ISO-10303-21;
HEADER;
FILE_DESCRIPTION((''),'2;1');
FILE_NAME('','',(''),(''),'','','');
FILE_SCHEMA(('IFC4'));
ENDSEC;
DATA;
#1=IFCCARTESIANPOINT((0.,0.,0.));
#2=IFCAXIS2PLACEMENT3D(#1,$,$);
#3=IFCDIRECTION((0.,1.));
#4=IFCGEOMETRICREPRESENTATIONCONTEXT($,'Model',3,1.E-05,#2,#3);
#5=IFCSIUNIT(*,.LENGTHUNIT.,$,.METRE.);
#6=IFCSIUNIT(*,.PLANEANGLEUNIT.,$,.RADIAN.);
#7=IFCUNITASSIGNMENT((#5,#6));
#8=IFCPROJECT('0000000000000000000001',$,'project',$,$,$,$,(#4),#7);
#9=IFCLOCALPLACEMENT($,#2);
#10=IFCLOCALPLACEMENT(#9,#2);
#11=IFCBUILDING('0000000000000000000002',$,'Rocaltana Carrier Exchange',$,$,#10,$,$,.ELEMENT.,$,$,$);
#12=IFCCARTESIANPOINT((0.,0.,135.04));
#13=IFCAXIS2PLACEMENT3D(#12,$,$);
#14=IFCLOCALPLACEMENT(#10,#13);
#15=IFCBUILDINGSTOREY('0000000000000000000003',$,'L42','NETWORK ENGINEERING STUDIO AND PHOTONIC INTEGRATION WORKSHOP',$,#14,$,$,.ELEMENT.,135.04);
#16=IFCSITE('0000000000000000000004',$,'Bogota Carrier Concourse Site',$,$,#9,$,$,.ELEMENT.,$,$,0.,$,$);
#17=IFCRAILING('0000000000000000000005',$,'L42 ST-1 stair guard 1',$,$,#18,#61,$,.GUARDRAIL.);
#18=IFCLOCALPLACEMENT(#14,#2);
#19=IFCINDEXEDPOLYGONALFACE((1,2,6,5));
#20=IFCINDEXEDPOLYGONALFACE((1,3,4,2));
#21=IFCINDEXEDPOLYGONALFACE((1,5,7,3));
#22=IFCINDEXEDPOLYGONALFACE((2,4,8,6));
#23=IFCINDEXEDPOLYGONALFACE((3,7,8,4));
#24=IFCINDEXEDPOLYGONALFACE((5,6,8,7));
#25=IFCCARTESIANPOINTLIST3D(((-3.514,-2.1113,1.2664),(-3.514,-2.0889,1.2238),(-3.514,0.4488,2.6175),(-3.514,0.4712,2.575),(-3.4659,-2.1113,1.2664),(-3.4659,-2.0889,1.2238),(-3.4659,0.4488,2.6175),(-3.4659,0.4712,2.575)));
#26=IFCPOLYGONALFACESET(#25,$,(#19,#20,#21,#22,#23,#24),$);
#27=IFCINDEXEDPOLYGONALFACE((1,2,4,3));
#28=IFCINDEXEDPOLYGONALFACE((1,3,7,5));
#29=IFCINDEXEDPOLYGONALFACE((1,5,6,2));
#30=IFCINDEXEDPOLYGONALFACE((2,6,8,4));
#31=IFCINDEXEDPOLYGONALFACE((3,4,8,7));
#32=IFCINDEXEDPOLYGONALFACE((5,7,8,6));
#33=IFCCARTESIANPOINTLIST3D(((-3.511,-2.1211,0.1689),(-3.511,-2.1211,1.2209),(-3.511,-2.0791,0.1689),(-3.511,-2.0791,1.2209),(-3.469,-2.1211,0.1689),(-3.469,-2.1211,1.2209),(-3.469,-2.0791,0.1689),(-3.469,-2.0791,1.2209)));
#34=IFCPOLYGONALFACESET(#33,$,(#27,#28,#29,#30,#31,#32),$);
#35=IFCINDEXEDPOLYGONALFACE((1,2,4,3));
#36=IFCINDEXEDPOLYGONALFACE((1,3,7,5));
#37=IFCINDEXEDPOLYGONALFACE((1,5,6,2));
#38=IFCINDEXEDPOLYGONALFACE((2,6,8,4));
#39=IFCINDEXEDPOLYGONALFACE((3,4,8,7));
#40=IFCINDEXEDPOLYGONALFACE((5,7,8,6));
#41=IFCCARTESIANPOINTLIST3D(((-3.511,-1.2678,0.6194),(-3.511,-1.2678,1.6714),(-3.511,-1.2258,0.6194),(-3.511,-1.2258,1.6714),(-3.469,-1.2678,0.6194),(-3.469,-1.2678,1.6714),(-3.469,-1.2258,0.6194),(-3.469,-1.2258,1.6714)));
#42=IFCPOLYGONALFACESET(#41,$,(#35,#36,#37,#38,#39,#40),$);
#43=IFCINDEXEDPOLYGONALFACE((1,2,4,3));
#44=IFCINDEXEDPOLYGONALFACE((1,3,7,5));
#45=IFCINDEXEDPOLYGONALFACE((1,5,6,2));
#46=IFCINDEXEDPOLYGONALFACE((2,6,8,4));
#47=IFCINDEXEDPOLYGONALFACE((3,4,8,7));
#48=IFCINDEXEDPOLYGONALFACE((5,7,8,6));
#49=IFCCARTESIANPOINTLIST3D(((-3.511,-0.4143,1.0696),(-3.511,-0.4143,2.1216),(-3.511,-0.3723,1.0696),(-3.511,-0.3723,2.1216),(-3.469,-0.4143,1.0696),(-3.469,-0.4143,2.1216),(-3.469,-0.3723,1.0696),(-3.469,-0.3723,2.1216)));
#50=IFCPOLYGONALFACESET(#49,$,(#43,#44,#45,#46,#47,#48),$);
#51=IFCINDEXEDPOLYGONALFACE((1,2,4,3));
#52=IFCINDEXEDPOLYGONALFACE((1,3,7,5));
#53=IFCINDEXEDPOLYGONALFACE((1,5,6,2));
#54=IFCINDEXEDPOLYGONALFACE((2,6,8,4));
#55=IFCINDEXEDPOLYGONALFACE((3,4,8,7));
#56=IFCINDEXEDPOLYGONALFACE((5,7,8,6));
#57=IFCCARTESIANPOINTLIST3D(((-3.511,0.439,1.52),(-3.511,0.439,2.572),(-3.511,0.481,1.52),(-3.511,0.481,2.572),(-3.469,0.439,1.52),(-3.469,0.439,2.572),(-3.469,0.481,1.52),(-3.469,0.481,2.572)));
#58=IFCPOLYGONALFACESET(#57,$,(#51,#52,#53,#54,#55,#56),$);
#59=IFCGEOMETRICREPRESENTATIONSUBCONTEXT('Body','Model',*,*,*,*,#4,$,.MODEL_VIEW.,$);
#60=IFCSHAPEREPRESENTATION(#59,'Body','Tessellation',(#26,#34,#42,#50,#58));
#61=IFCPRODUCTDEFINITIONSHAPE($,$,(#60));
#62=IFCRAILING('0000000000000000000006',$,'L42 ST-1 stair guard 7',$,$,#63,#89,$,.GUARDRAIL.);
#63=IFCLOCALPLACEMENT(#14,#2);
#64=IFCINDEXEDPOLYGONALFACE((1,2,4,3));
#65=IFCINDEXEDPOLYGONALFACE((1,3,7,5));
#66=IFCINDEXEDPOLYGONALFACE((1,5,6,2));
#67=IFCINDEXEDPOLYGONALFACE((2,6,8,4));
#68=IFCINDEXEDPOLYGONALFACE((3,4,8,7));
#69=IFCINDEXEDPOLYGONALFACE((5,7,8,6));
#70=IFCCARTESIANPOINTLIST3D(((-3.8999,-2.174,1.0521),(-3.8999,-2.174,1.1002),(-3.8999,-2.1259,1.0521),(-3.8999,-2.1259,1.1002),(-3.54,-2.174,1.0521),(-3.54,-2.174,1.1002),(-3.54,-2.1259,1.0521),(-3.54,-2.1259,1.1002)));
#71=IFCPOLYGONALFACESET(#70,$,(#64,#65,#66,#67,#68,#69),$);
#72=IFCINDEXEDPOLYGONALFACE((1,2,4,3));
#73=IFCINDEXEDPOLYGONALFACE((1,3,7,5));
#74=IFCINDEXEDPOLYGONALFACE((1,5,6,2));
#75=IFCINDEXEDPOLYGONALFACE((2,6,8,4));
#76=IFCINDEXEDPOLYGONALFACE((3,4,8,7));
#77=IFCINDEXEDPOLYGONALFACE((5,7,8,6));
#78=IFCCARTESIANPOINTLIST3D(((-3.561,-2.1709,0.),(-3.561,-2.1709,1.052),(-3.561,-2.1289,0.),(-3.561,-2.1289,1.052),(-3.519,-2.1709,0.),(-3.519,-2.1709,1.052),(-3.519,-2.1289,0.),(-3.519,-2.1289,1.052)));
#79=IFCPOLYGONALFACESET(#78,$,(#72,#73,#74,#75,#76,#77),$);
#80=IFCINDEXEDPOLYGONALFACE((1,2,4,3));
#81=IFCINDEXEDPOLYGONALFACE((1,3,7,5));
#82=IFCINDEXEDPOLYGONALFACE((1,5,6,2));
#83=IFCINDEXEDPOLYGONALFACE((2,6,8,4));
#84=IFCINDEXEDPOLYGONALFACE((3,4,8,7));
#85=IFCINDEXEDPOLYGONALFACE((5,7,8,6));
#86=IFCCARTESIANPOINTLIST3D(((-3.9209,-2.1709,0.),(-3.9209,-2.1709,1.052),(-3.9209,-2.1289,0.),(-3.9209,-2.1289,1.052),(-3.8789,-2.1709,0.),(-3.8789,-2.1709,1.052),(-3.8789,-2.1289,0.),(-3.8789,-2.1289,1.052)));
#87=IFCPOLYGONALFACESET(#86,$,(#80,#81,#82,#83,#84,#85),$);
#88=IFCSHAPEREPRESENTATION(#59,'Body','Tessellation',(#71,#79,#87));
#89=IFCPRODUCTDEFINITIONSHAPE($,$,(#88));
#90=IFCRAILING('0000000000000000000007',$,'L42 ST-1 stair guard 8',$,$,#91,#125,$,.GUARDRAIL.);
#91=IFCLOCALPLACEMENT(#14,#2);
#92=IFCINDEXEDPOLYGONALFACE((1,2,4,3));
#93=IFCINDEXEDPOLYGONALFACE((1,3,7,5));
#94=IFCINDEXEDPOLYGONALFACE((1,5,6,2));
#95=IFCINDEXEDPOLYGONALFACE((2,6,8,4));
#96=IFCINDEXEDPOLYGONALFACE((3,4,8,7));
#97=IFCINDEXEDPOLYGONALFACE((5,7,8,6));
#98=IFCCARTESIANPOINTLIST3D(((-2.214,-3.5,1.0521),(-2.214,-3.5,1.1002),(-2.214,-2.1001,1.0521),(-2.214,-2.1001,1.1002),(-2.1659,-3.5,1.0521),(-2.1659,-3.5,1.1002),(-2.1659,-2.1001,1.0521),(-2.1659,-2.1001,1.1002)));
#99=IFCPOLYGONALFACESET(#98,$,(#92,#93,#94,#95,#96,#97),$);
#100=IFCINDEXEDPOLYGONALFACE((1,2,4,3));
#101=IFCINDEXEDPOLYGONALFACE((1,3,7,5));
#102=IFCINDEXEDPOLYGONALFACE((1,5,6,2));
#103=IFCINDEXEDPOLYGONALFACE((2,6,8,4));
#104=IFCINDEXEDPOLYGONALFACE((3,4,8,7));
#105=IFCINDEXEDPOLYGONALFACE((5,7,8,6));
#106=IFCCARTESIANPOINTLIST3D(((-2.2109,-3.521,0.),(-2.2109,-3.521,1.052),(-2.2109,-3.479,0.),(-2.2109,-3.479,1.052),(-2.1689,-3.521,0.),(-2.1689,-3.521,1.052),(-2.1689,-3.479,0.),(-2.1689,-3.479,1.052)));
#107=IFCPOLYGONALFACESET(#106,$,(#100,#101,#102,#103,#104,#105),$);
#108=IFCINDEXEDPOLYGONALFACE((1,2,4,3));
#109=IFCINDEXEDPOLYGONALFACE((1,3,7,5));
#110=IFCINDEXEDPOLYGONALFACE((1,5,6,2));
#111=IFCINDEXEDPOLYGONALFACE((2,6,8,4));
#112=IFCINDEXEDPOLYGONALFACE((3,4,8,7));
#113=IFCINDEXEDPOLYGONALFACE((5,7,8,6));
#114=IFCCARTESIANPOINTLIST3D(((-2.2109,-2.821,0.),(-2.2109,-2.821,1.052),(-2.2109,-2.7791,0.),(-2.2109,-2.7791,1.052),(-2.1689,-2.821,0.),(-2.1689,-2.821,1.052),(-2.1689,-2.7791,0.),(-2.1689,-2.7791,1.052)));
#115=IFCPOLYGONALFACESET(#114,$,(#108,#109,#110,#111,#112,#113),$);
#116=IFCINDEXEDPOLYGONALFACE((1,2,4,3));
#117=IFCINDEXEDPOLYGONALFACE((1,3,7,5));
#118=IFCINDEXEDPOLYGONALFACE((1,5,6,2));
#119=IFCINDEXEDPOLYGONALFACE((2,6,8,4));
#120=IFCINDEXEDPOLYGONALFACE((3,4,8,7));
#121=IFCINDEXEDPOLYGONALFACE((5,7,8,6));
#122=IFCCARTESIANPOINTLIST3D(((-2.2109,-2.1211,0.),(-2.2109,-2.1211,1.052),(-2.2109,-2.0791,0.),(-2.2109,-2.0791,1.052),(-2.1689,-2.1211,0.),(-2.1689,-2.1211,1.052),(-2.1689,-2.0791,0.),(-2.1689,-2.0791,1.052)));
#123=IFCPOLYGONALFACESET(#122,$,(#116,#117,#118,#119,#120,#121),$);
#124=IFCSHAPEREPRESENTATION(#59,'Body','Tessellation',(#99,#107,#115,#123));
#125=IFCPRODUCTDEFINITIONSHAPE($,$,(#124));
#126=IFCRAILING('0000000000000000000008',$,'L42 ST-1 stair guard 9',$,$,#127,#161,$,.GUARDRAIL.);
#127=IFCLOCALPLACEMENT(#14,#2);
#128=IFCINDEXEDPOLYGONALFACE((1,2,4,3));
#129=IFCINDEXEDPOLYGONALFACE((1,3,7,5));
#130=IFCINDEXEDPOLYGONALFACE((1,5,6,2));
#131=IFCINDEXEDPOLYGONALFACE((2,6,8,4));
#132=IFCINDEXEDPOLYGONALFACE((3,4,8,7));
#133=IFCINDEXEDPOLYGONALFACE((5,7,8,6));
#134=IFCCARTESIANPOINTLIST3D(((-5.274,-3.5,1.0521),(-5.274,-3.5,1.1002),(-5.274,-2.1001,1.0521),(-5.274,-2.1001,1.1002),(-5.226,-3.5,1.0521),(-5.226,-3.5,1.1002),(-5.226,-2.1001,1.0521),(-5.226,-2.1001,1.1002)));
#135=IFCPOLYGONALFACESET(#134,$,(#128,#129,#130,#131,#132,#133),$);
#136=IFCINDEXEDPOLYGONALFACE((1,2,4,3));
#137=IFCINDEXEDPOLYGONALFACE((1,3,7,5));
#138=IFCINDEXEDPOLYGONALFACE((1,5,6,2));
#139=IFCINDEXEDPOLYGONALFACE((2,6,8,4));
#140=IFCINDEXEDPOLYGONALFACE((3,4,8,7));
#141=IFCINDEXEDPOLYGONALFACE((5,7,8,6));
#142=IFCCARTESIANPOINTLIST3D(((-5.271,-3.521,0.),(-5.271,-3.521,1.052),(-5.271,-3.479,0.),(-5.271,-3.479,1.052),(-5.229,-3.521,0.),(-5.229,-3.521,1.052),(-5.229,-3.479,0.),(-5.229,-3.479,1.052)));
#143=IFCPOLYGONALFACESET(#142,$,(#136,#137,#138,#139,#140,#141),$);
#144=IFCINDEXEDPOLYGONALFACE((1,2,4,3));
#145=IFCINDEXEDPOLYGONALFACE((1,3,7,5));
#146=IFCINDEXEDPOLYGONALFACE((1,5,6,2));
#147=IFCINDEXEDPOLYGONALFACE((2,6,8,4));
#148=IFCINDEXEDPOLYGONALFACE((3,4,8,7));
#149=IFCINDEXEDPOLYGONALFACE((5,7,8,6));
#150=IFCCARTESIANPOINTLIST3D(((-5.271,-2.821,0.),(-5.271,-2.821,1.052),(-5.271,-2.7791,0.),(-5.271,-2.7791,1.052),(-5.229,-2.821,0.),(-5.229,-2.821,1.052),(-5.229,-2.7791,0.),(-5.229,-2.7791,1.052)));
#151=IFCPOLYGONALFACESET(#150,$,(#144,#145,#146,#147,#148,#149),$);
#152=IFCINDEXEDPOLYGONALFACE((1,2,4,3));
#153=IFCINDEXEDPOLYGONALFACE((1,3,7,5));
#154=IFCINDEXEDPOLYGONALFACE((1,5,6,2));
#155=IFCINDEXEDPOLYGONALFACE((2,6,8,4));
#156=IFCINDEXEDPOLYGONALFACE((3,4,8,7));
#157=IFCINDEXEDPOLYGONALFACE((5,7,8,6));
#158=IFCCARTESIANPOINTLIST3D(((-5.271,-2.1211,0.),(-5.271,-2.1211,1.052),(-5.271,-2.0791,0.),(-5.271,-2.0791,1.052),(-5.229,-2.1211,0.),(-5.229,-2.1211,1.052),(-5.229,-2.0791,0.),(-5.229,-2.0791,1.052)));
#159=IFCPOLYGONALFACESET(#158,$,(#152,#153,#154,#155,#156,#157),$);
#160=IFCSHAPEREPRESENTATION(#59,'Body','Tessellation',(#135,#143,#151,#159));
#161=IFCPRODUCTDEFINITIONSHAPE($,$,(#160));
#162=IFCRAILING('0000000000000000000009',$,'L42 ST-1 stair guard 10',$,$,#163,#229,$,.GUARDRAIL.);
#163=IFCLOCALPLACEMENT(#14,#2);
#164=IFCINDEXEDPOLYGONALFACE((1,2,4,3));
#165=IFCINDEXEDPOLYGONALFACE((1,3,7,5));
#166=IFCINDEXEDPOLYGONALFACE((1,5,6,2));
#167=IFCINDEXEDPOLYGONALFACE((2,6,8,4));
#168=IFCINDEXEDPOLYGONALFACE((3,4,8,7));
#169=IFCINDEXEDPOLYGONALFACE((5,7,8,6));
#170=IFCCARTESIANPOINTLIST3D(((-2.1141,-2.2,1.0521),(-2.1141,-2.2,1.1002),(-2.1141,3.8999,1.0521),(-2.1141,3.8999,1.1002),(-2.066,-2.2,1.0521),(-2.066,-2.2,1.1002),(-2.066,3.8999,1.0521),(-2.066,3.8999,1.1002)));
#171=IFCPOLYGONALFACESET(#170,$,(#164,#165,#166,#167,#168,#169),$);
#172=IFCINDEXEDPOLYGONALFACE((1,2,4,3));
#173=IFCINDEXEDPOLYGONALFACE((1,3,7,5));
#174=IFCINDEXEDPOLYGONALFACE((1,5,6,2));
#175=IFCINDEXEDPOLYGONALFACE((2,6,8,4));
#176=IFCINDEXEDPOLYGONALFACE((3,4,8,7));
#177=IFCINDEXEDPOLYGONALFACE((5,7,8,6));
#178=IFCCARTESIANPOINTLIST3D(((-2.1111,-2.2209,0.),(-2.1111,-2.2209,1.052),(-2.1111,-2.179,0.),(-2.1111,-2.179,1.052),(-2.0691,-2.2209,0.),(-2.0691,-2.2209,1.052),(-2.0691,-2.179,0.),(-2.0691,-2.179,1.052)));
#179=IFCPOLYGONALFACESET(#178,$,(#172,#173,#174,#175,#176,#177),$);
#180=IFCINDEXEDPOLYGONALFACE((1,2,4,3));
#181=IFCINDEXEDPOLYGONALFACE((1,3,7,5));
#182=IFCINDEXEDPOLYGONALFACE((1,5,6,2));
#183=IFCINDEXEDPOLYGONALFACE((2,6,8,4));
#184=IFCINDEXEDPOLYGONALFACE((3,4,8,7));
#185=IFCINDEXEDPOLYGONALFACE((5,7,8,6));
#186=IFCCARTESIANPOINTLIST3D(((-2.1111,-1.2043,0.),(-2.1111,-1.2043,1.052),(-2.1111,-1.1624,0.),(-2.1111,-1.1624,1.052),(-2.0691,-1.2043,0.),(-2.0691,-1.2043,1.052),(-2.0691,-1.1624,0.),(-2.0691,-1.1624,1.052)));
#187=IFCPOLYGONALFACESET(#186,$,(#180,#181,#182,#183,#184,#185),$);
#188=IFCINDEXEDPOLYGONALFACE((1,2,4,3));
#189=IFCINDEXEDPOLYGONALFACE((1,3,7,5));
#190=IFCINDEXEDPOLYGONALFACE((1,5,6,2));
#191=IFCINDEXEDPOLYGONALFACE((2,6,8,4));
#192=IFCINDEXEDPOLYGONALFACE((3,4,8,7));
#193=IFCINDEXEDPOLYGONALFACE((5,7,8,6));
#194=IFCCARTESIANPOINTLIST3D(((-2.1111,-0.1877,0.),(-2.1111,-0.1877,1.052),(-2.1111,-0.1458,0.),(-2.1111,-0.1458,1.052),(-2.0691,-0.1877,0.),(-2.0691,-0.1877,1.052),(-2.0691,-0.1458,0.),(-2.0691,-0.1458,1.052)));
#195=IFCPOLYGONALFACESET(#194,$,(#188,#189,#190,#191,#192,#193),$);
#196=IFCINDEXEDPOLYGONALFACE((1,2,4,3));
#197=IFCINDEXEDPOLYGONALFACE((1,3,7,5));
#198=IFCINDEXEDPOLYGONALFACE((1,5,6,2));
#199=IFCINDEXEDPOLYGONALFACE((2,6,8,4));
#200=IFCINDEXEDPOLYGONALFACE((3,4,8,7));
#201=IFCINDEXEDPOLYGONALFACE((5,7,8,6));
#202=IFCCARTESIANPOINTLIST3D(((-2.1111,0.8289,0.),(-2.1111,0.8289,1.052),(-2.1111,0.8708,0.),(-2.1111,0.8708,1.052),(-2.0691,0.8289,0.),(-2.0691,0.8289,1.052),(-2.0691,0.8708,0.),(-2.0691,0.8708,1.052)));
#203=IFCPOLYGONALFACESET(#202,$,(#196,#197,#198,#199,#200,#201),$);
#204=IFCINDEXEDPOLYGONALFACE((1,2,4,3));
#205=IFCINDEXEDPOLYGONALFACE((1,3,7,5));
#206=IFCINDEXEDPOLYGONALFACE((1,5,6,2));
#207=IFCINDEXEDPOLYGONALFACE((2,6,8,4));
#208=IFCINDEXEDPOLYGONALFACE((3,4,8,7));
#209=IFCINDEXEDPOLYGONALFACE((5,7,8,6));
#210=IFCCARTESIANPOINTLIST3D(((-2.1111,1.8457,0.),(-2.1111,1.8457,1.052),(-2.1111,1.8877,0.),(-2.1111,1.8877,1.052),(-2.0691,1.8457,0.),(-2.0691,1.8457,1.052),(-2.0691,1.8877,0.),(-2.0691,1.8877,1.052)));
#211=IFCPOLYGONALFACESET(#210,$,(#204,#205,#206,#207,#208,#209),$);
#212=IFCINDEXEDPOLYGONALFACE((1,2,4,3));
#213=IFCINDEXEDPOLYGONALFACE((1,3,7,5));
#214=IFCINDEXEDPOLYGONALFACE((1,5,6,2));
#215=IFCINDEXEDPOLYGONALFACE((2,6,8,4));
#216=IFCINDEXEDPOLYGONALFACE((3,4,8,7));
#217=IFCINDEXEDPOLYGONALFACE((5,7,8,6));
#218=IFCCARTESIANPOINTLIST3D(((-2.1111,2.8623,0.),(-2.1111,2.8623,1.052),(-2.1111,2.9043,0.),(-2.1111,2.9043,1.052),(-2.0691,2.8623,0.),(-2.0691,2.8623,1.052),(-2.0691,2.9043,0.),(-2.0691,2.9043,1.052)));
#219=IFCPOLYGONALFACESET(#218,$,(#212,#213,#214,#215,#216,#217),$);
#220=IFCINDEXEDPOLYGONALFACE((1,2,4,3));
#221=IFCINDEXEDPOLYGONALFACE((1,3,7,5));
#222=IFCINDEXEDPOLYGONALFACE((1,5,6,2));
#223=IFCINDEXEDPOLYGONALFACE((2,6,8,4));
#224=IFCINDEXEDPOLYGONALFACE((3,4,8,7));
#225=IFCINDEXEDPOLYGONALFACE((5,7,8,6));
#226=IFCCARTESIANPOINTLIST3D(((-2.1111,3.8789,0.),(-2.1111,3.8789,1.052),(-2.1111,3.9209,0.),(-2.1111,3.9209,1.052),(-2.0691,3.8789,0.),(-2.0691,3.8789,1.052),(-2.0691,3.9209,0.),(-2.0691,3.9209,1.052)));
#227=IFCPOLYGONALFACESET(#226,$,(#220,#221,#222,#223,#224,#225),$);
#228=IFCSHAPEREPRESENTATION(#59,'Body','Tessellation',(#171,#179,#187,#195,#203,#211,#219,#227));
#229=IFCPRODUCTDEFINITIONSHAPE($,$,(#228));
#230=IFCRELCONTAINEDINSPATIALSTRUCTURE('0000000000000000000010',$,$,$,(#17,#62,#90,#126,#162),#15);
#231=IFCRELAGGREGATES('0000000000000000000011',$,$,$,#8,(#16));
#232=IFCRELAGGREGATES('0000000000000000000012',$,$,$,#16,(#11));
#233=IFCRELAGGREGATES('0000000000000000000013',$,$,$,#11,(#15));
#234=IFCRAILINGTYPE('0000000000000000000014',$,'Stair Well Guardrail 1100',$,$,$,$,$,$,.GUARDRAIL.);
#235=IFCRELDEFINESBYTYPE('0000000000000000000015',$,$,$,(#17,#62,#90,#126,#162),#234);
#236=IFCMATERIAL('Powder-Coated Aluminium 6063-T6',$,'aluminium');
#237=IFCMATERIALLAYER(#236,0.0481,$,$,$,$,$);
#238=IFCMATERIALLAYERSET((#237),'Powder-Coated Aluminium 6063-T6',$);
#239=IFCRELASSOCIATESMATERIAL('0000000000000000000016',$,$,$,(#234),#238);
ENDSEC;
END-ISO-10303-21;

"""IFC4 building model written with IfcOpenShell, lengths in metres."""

from ifc_helpers import new_model, si_unit, direction, frame, origin, origin_2d, place, context, subcontext, project, spatial, rectangle, extrude, material, layer, layer_set, type_object, element, save


model = new_model("IFC4")

# Units and contexts
model_context = context("Model", 3, precision=1e-05, world=origin(), true_north=direction((0.0, 1.0)))
body_context = subcontext(model_context, "Body", "Model", "MODEL_VIEW")
ifc_project = project(units=[si_unit("LENGTHUNIT", "METRE"), si_unit("PLANEANGLEUNIT", "RADIAN")], contexts=[model_context])

# Site, building, storey
site_placement = place(None, origin())
site = spatial("IfcSite", under=ifc_project, at=site_placement, Name="Bogota Carrier Concourse Site", CompositionType="ELEMENT", RefElevation=0.0)
building_placement = place(site_placement, origin())
building = spatial("IfcBuilding", under=site, at=building_placement, Name="Rocaltana Carrier Exchange", CompositionType="ELEMENT")
storey_placement = place(building_placement, frame((0.0, 0.0, 135.04)))
storey = spatial("IfcBuildingStorey", under=building, at=storey_placement, Name="L42", Description="NETWORK ENGINEERING STUDIO AND PHOTONIC INTEGRATION WORKSHOP", CompositionType="ELEMENT", Elevation=135.04)

# Railings
ifc_material_1 = material(Name="Powder-Coated Aluminium 6063-T6", Category="aluminium")
ifc_layer_1 = layer(ifc_material_1, 0.0481)
ifc_layer_set_1 = layer_set([ifc_layer_1], Name="Powder-Coated Aluminium 6063-T6")
railing_type_1 = type_object("IfcRailingType", Name="Stair Well Guardrail 1100", PredefinedType="GUARDRAIL", material=ifc_layer_set_1)
railing_1_placement = place(storey_placement, frame((-3.49, -2.1001, 0.1689)))
element("IfcRailing", 1, at=railing_1_placement, inside=storey, type_object=railing_type_1, Name="L42 ST-1 stair guard 1", PredefinedType="GUARDRAIL", context=body_context, shape_type="SweptSolid", body=[
    extrude(rectangle(XDim=0.0481, YDim=0.0481, at=origin_2d()), frame((0.0, 0.0, 1.0762), z_axis=(0.0, 0.884394, 0.46674), x_axis=(-1.0, 0.0, 0.0)), (0.0, 0.0, 1.0), 2.8948),
    extrude(rectangle(XDim=0.042, YDim=0.042, at=origin_2d()), origin(), (0.0, 0.0, 1.0), 1.052),
    extrude(rectangle(XDim=0.042, YDim=0.042, at=origin_2d()), frame((0.0, 0.8533, 0.4504)), (0.0, 0.0, 1.0), 1.052),
    extrude(rectangle(XDim=0.042, YDim=0.042, at=origin_2d()), frame((0.0, 1.7068, 0.9006)), (0.0, 0.0, 1.0), 1.052),
    extrude(rectangle(XDim=0.042, YDim=0.042, at=origin_2d()), frame((0.0, 2.5601, 1.3511)), (0.0, 0.0, 1.0), 1.052),
])
railing_2_placement = place(storey_placement, frame((-3.54, -2.1499, 0.0)))
element("IfcRailing", 2, at=railing_2_placement, inside=storey, type_object=railing_type_1, Name="L42 ST-1 stair guard 7", PredefinedType="GUARDRAIL", context=body_context, shape_type="SweptSolid", body=[
    extrude(rectangle(XDim=0.0481, YDim=0.0481, at=origin_2d()), frame((0.0, 0.0, 1.0762), z_axis=(-1.0, 0.0, 0.0), x_axis=(0.0, -1.0, 0.0)), (0.0, 0.0, 1.0), 0.3599),
    extrude(rectangle(XDim=0.042, YDim=0.042, at=origin_2d()), origin(), (0.0, 0.0, 1.0), 1.052),
    extrude(rectangle(XDim=0.042, YDim=0.042, at=origin_2d()), frame((-0.3599, 0.0, 0.0)), (0.0, 0.0, 1.0), 1.052),
])
for number, where, name in (
    (3, (-2.1899, -3.5, 0.0), "L42 ST-1 stair guard 8"),
    (4, (-5.25, -3.5, 0.0), "L42 ST-1 stair guard 9"),
):
    element("IfcRailing", number, at=place(storey_placement, frame(where)), inside=storey, type_object=railing_type_1, Name=name, PredefinedType="GUARDRAIL", context=body_context, shape_type="SweptSolid", body=[
        extrude(rectangle(XDim=0.0481, YDim=0.0481, at=origin_2d()), frame((0.0, 0.0, 1.0762), z_axis=(0.0, 1.0, 0.0), x_axis=(-1.0, 0.0, 0.0)), (0.0, 0.0, 1.0), 1.3999),
        extrude(rectangle(XDim=0.042, YDim=0.042, at=origin_2d()), origin(), (0.0, 0.0, 1.0), 1.052),
        extrude(rectangle(XDim=0.042, YDim=0.042, at=origin_2d()), frame((0.0, 0.7, 0.0)), (0.0, 0.0, 1.0), 1.052),
        extrude(rectangle(XDim=0.042, YDim=0.042, at=origin_2d()), frame((0.0, 1.3999, 0.0)), (0.0, 0.0, 1.0), 1.052),
    ])
for number, where, name in (
    (5, (-2.0901, -2.2, 0.0), "L42 ST-1 stair guard 10"),
):
    element("IfcRailing", number, at=place(storey_placement, frame(where)), inside=storey, type_object=railing_type_1, Name=name, PredefinedType="GUARDRAIL", context=body_context, shape_type="SweptSolid", body=[
        extrude(rectangle(XDim=0.0481, YDim=0.0481, at=origin_2d()), frame((0.0, 0.0, 1.0762), z_axis=(0.0, 1.0, 0.0), x_axis=(-1.0, 0.0, 0.0)), (0.0, 0.0, 1.0), 6.0999),
        extrude(rectangle(XDim=0.042, YDim=0.042, at=origin_2d()), origin(), (0.0, 0.0, 1.0), 1.052),
        extrude(rectangle(XDim=0.042, YDim=0.042, at=origin_2d()), frame((0.0, 1.0166, 0.0)), (0.0, 0.0, 1.0), 1.052),
        extrude(rectangle(XDim=0.042, YDim=0.042, at=origin_2d()), frame((0.0, 2.0332, 0.0)), (0.0, 0.0, 1.0), 1.052),
        extrude(rectangle(XDim=0.042, YDim=0.042, at=origin_2d()), frame((0.0, 3.0498, 0.0)), (0.0, 0.0, 1.0), 1.052),
        extrude(rectangle(XDim=0.042, YDim=0.042, at=origin_2d()), frame((0.0, 4.0667, 0.0)), (0.0, 0.0, 1.0), 1.052),
        extrude(rectangle(XDim=0.042, YDim=0.042, at=origin_2d()), frame((0.0, 5.0833, 0.0)), (0.0, 0.0, 1.0), 1.052),
        extrude(rectangle(XDim=0.042, YDim=0.042, at=origin_2d()), frame((0.0, 6.0999, 0.0)), (0.0, 0.0, 1.0), 1.052),
    ])

save(model, "model.ifc")
